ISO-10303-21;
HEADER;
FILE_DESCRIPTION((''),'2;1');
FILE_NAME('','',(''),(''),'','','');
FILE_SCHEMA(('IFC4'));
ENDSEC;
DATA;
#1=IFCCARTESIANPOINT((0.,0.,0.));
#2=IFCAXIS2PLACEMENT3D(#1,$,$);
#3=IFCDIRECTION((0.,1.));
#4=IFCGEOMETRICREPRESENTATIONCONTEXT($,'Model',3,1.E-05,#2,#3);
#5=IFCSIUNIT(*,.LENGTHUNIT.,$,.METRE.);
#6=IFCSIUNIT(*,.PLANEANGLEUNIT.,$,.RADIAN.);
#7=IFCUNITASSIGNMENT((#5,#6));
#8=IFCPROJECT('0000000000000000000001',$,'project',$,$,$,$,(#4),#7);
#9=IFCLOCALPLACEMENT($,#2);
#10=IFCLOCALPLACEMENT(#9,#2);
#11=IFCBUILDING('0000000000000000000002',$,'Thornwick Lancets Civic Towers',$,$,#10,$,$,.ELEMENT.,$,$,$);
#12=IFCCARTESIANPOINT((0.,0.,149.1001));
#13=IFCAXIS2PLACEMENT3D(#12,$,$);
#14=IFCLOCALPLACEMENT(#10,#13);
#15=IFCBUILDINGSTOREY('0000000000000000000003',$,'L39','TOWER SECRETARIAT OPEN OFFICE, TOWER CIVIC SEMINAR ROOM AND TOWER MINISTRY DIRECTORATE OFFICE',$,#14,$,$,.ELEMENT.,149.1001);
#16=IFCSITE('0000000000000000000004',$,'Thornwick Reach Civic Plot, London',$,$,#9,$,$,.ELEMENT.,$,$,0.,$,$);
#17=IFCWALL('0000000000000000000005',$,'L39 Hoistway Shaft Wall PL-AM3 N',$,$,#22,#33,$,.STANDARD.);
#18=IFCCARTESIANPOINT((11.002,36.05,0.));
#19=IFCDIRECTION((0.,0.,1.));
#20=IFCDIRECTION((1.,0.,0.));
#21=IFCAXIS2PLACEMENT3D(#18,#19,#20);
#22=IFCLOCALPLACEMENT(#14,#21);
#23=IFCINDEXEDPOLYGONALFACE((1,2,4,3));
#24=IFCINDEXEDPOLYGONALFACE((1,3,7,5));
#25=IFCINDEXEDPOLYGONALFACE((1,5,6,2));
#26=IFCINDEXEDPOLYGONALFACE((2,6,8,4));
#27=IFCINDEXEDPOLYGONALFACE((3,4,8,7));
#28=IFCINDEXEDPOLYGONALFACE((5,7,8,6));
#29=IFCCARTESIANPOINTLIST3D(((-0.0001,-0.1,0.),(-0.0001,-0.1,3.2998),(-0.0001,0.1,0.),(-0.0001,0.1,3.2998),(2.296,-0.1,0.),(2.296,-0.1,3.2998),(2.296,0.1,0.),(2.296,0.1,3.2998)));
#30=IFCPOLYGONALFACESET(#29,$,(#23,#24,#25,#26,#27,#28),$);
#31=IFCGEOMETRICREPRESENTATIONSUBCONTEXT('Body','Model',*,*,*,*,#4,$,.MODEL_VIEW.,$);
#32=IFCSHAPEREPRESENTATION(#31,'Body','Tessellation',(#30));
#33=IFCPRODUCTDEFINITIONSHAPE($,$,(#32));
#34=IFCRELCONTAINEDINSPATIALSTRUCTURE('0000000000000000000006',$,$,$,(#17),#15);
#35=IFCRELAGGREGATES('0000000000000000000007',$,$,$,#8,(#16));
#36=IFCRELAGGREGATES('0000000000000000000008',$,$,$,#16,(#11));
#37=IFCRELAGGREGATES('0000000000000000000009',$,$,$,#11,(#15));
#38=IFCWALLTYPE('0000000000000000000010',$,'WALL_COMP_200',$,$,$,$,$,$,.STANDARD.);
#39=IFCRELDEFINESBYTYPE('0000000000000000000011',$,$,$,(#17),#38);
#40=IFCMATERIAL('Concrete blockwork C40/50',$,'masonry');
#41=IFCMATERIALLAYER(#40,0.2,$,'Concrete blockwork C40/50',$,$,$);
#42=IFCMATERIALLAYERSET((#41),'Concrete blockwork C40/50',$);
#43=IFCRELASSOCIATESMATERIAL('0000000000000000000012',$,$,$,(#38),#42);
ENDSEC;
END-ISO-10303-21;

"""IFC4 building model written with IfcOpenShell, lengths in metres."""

from ifc_helpers import new_model, si_unit, direction, frame, frame_2d, origin, place, context, subcontext, project, spatial, rectangle, extrude, material, layer, layer_set, type_object, element, save


model = new_model("IFC4")

# Units and contexts
model_context = context("Model", 3, precision=1e-05, world=origin(), true_north=direction((0.0, 1.0)))
body_context = subcontext(model_context, "Body", "Model", "MODEL_VIEW")
ifc_project = project(units=[si_unit("LENGTHUNIT", "METRE"), si_unit("PLANEANGLEUNIT", "RADIAN")], contexts=[model_context])

# Site, building, storey
site_placement = place(None, origin())
site = spatial("IfcSite", under=ifc_project, at=site_placement, Name="Thornwick Reach Civic Plot, London", CompositionType="ELEMENT", RefElevation=0.0)
building_placement = place(site_placement, origin())
building = spatial("IfcBuilding", under=site, at=building_placement, Name="Thornwick Lancets Civic Towers", CompositionType="ELEMENT")
storey_placement = place(building_placement, frame((0.0, 0.0, 149.1001)))
storey = spatial("IfcBuildingStorey", under=building, at=storey_placement, Name="L39", Description="TOWER SECRETARIAT OPEN OFFICE, TOWER CIVIC SEMINAR ROOM AND TOWER MINISTRY DIRECTORATE OFFICE", CompositionType="ELEMENT", Elevation=149.1001)

# Wall
ifc_material_1 = material(Name="Concrete blockwork C40/50", Category="masonry")
ifc_layer_1 = layer(ifc_material_1, 0.2, Name="Concrete blockwork C40/50")
ifc_layer_set_1 = layer_set([ifc_layer_1], Name="Concrete blockwork C40/50")
wall_type_1 = type_object("IfcWallType", Name="WALL_COMP_200", PredefinedType="STANDARD", material=ifc_layer_set_1)
wall_1_placement = place(storey_placement, frame((11.002, 36.05, 0.0), z_axis=(0.0, 0.0, 1.0), x_axis=(1.0, 0.0, 0.0)))
element("IfcWall", 1, at=wall_1_placement, inside=storey, type_object=wall_type_1, Name="L39 Hoistway Shaft Wall PL-AM3 N", PredefinedType="STANDARD", context=body_context, shape_type="SweptSolid", body=[
    extrude(rectangle(XDim=2.2961, YDim=0.2, at=frame_2d((1.1479, 0.0))), origin(), (0.0, 0.0, 1.0), 3.2998),
])

save(model, "model.ifc")
